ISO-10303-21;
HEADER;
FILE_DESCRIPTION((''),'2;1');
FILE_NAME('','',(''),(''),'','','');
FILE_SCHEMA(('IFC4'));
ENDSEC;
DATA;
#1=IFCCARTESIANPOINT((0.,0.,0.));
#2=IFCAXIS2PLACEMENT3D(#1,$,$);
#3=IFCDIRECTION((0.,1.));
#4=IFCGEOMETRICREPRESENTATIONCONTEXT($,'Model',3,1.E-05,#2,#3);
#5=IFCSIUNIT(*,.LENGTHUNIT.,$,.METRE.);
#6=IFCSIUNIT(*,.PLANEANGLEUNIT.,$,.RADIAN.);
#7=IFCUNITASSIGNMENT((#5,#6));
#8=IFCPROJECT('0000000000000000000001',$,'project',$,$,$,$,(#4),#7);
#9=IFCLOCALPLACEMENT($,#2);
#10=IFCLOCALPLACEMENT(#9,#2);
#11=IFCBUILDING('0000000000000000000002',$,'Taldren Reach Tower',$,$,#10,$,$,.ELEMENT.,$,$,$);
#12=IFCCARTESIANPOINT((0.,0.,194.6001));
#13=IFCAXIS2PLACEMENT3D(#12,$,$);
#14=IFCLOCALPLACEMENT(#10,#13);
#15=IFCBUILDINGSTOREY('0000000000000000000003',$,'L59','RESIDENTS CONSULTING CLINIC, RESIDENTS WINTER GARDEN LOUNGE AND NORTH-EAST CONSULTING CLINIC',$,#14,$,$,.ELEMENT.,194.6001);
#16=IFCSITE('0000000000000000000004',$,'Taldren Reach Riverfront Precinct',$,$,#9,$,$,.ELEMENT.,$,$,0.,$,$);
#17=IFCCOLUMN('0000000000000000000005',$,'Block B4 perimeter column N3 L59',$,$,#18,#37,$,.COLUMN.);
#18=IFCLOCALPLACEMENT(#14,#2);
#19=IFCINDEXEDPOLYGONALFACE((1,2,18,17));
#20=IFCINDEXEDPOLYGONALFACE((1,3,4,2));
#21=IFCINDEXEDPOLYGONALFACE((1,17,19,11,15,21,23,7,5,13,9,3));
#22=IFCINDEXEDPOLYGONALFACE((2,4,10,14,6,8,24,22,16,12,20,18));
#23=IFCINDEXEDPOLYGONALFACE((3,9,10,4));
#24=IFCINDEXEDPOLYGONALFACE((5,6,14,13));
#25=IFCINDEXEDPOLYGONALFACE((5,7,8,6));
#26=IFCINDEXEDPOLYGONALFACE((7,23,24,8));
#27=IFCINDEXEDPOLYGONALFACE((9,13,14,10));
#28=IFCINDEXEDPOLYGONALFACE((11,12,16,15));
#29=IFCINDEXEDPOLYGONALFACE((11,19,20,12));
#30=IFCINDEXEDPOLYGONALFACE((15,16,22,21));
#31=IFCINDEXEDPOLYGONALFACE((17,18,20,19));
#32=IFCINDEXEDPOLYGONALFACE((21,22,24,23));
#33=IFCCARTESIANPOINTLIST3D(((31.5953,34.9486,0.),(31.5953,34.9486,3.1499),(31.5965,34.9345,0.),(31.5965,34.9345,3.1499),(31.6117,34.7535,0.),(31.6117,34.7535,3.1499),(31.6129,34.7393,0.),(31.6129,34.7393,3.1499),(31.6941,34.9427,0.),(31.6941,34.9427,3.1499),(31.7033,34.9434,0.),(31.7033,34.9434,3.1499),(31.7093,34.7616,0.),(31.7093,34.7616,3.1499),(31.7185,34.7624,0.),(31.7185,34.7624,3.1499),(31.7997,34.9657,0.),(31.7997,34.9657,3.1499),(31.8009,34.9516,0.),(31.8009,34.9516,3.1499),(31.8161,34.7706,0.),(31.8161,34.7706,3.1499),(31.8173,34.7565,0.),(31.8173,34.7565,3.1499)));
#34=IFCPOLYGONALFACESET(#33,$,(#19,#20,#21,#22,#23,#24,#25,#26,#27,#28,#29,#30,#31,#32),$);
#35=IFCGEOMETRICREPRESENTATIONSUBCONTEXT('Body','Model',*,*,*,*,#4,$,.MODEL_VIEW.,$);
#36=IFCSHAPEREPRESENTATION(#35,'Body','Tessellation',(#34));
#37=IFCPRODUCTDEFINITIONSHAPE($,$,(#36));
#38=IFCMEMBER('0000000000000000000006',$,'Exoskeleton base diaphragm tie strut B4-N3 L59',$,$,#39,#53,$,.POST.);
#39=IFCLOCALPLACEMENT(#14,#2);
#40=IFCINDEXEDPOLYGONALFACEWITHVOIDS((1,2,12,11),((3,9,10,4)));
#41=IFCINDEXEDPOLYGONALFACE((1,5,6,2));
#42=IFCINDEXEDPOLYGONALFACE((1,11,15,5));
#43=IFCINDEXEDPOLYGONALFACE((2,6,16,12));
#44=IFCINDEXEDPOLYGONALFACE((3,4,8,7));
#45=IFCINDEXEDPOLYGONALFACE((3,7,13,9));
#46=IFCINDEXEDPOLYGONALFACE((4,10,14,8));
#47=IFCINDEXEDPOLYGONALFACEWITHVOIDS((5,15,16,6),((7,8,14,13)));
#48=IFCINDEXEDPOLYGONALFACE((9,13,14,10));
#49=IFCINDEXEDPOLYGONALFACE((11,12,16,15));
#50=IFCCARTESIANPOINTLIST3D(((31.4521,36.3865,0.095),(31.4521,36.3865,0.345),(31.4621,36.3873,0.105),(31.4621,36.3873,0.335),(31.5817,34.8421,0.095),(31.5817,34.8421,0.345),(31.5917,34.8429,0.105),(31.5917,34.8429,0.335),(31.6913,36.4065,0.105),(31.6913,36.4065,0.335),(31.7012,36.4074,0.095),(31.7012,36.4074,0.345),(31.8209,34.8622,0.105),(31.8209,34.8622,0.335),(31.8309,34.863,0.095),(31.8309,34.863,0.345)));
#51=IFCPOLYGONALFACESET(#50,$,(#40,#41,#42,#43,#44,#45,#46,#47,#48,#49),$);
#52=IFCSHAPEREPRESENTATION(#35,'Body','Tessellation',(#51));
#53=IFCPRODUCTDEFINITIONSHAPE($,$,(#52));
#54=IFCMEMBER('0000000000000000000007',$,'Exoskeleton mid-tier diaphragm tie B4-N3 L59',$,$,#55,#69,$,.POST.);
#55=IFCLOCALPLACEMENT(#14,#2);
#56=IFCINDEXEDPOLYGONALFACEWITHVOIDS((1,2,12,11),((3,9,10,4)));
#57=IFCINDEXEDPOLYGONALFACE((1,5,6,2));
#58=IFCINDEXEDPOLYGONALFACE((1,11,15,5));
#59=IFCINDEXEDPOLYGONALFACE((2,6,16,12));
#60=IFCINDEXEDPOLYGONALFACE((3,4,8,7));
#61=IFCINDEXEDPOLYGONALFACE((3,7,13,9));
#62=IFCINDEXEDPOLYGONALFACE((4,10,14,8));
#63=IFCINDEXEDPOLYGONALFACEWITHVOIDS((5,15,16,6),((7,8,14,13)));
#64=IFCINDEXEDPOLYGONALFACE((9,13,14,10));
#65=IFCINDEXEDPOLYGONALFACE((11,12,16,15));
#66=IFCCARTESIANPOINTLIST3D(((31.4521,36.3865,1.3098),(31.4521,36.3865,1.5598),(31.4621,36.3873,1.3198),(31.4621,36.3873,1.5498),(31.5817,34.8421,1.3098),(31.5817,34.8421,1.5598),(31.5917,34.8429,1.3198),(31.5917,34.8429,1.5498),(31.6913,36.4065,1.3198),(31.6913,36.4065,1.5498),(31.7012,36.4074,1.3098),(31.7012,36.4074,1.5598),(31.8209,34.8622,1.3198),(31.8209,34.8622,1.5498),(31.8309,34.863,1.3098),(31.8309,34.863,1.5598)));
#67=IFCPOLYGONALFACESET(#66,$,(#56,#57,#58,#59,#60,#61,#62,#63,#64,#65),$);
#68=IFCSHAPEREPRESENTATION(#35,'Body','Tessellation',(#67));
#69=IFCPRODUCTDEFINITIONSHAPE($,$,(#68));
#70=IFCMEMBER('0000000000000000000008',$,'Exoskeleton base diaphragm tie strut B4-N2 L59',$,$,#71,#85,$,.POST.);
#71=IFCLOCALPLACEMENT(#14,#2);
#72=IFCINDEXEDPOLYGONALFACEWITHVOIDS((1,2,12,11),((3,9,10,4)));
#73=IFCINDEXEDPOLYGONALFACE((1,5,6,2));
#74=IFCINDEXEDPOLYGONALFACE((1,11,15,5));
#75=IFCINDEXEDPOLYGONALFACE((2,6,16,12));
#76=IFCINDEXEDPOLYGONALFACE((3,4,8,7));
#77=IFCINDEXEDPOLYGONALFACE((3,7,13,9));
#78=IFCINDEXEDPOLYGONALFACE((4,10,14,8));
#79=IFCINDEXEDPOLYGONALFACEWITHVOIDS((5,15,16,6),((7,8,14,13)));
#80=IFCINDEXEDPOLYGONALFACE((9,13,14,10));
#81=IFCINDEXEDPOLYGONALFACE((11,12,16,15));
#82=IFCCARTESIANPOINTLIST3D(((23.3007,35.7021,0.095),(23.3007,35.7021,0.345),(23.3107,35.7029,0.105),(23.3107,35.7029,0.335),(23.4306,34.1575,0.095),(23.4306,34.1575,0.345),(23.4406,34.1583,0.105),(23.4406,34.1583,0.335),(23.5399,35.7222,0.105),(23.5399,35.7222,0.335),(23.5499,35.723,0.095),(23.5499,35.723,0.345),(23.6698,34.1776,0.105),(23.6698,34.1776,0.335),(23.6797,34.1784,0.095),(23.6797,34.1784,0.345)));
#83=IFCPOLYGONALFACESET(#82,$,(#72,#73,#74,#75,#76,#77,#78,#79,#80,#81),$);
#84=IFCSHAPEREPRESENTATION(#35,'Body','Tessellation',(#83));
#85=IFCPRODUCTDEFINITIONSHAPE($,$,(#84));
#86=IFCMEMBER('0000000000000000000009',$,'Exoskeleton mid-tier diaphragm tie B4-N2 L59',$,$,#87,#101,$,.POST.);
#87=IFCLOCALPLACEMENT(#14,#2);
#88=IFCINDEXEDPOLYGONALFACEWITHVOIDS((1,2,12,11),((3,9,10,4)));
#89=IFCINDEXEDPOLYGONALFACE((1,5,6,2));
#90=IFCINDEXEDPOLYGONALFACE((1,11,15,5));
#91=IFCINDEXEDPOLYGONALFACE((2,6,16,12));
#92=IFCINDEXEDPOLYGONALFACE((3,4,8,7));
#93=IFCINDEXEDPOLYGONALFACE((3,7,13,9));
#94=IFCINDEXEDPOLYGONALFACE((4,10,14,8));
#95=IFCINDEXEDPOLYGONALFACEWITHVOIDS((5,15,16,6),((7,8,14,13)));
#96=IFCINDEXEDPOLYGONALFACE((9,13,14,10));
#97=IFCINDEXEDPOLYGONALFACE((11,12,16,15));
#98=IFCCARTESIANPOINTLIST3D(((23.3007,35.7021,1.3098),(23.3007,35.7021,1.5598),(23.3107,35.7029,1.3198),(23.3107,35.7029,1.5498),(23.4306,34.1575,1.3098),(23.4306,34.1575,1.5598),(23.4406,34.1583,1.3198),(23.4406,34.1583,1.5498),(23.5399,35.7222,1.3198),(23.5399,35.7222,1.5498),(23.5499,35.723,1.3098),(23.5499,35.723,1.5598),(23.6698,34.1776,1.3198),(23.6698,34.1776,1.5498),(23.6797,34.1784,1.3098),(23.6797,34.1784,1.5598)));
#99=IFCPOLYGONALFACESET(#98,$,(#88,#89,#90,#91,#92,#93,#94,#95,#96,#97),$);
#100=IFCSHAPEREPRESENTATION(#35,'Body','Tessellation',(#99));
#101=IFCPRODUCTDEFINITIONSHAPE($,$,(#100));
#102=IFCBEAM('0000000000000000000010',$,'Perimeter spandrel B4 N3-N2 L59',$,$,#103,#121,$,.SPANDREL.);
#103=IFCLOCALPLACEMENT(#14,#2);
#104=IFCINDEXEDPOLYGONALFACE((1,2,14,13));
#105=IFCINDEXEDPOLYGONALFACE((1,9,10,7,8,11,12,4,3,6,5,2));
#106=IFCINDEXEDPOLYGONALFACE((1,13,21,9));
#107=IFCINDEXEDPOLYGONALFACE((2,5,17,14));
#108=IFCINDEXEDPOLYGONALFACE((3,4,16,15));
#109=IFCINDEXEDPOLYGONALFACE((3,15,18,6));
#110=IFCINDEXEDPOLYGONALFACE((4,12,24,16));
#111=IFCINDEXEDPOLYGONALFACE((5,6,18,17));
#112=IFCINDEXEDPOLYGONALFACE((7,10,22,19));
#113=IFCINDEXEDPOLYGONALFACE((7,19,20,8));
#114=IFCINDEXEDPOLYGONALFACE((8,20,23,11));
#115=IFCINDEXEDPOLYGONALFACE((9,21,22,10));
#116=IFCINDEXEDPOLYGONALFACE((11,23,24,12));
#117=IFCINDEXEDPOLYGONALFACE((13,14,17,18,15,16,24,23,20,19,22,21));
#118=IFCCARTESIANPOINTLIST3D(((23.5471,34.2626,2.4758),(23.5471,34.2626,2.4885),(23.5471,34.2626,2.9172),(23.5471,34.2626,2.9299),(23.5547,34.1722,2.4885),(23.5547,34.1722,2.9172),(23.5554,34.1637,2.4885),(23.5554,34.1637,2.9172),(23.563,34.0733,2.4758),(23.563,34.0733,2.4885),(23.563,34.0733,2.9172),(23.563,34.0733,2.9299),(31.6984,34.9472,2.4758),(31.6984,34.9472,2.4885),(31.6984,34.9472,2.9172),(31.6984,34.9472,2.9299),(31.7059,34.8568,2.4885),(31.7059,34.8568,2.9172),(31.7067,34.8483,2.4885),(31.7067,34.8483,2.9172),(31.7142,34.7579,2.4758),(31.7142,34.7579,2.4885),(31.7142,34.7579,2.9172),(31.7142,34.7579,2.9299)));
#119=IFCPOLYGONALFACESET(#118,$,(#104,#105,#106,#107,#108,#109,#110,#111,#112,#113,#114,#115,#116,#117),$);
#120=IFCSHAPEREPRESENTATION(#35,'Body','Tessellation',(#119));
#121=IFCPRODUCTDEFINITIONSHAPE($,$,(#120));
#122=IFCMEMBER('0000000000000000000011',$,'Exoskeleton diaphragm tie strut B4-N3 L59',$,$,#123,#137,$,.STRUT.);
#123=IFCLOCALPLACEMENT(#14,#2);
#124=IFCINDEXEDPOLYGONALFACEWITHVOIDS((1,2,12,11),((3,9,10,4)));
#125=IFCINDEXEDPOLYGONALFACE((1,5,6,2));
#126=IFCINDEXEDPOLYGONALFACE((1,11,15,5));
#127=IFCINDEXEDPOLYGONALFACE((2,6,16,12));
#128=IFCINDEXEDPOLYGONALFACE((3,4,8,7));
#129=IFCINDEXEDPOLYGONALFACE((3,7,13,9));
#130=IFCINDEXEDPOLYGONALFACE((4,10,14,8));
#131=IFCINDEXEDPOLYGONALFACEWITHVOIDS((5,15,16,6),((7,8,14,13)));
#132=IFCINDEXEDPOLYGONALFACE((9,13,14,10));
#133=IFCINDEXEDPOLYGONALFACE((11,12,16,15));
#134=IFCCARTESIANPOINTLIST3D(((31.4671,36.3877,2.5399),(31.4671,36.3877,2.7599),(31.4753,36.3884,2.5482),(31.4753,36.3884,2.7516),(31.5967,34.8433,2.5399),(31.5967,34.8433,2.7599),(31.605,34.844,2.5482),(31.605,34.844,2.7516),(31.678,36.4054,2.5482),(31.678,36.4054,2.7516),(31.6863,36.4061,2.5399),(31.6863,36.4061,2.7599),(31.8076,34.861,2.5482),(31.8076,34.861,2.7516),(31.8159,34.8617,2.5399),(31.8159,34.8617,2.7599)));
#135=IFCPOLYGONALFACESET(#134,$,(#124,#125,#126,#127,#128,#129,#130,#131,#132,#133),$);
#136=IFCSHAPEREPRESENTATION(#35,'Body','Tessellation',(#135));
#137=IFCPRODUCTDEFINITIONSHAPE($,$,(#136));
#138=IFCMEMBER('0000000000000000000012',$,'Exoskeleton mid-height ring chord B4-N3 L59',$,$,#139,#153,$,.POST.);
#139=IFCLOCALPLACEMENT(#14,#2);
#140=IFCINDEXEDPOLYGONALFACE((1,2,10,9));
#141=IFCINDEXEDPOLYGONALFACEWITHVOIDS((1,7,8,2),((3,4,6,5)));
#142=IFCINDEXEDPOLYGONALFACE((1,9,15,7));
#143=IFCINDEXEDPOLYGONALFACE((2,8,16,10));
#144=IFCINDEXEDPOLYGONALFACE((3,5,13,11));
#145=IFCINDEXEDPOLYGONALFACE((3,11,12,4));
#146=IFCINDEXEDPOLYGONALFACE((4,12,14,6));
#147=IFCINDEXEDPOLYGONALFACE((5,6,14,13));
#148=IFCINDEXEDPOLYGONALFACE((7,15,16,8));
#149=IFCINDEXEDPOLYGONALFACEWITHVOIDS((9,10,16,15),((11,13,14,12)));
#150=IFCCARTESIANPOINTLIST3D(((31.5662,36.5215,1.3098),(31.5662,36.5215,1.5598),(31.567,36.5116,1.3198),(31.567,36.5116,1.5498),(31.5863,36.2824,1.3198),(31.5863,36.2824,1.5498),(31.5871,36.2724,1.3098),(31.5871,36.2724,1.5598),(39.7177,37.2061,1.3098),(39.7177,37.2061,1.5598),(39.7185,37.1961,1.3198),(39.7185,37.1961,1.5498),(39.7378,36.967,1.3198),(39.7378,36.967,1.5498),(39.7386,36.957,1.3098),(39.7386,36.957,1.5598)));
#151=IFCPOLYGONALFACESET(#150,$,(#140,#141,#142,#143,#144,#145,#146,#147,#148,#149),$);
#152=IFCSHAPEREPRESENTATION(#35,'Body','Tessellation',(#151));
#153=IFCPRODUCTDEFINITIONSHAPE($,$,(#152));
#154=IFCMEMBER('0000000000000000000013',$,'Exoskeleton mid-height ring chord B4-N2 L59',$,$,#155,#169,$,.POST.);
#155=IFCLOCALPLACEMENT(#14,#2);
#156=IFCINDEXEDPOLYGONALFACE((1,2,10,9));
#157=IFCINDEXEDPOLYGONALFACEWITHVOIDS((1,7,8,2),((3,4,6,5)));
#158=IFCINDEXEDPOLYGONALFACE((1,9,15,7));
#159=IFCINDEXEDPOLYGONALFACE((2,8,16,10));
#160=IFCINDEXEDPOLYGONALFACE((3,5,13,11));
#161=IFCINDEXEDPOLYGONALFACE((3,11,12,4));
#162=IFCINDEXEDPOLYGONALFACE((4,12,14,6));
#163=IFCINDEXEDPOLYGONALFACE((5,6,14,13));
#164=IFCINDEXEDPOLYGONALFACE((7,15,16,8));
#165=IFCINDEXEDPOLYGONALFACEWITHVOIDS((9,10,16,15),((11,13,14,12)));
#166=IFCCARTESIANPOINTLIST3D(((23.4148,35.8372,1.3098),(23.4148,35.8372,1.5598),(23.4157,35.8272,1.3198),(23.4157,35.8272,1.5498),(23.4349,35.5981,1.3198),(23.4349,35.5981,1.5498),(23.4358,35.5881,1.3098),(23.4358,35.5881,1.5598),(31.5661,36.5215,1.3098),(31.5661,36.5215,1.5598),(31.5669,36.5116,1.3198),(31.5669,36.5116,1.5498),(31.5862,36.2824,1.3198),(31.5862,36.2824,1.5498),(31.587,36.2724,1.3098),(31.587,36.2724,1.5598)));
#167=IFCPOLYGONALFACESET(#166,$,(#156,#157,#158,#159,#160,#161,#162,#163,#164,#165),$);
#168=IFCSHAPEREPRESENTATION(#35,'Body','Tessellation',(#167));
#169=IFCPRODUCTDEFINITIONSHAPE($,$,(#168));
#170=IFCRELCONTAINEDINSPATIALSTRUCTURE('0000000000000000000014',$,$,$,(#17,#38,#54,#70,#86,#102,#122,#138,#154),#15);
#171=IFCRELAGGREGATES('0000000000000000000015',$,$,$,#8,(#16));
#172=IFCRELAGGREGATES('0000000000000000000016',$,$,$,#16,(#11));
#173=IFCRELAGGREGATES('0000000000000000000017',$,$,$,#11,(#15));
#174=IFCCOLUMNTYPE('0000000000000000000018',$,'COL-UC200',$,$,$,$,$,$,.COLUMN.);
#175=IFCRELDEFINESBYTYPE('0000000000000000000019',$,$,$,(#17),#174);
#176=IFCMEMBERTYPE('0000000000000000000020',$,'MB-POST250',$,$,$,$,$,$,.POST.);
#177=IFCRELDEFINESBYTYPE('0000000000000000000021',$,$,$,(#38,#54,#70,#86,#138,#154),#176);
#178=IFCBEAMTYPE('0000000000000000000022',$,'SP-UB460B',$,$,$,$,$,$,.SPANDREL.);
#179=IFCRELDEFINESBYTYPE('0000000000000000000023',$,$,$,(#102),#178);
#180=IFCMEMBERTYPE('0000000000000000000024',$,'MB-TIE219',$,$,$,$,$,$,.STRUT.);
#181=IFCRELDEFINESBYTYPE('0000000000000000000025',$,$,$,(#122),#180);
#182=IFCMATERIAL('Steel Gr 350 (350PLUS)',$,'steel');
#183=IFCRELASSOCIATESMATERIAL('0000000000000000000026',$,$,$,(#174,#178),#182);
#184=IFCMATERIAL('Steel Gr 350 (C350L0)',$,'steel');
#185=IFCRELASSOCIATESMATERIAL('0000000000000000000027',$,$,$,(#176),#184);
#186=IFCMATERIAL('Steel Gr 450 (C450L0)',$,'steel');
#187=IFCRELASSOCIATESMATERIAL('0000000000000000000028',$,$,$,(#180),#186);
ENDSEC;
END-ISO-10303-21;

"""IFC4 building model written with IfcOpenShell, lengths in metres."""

from ifc_helpers import new_model, si_unit, direction, frame, origin, origin_2d, place, context, subcontext, project, spatial, hollow_rectangle, i_section, extrude, source, transform, mapped, material, material_profile, profile_set, type_object, element, save


model = new_model("IFC4")

# Units and contexts
model_context = context("Model", 3, precision=1e-05, world=origin(), true_north=direction((0.0, 1.0)))
body_context = subcontext(model_context, "Body", "Model", "MODEL_VIEW")
ifc_project = project(units=[si_unit("LENGTHUNIT", "METRE"), si_unit("PLANEANGLEUNIT", "RADIAN")], contexts=[model_context])

# Site, building, storey
site_placement = place(None, origin())
site = spatial("IfcSite", under=ifc_project, at=site_placement, Name="Taldren Reach Riverfront Precinct", CompositionType="ELEMENT", RefElevation=0.0)
building_placement = place(site_placement, origin())
building = spatial("IfcBuilding", under=site, at=building_placement, Name="Taldren Reach Tower", CompositionType="ELEMENT")
storey_placement = place(building_placement, frame((0.0, 0.0, 194.6001)))
storey = spatial("IfcBuildingStorey", under=building, at=storey_placement, Name="L59", Description="RESIDENTS CONSULTING CLINIC, RESIDENTS WINTER GARDEN LOUNGE AND NORTH-EAST CONSULTING CLINIC", CompositionType="ELEMENT", Elevation=194.6001)

# Column
ifc_material_1 = material(Name="Steel Gr 350 (350PLUS)", Category="steel")
ifc_material_profile_1 = material_profile(ifc_material_1, i_section(OverallWidth=0.2051, OverallDepth=0.21, WebThickness=0.0093, FlangeThickness=0.0142, at=origin_2d()), Name="200UC59.5")
ifc_profile_set_1 = profile_set([ifc_material_profile_1], Name="Steel Gr 350 (350PLUS)")
column_type = type_object("IfcColumnType", Name="COL-UC200", PredefinedType="COLUMN", material=ifc_profile_set_1)
shared_shape_1 = source(origin(), body_context, "Body", "SweptSolid", [
    extrude(i_section(OverallWidth=0.2051, OverallDepth=0.21, WebThickness=0.0093, FlangeThickness=0.0142, at=origin_2d()), origin(), (0.0, 0.0, 1.0), 3.1499),
])
column_placement = place(storey_placement, frame((31.7063, 34.8525, 0.0), z_axis=(0.0, 0.0, 1.0), x_axis=(0.996493, 0.083678, 0.0)))
element("IfcColumn", 1, at=column_placement, inside=storey, type_object=column_type, Name="Block B4 perimeter column N3 L59", PredefinedType="COLUMN", context=body_context, shape_type="MappedRepresentation", body=[
    mapped(shared_shape_1, transform((0.0, 0.0, 0.0), scale=1.0)),
])

# Members
ifc_material_2 = material(Name="Steel Gr 350 (C350L0)", Category="steel")
ifc_material_profile_2 = material_profile(ifc_material_2, hollow_rectangle(XDim=0.25, YDim=0.25, WallThickness=0.01, at=origin_2d()), Name="250x250x10.0SHS")
ifc_profile_set_2 = profile_set([ifc_material_profile_2], Name="Steel Gr 350 (C350L0)")
member_type_1 = type_object("IfcMemberType", Name="MB-POST250", PredefinedType="POST", material=ifc_profile_set_2)
shared_shape_2 = source(origin(), body_context, "Body", "SweptSolid", [
    extrude(hollow_rectangle(XDim=0.25, YDim=0.25, WallThickness=0.01, at=origin_2d()), origin(), (0.0, 0.0, 1.0), 1.5498),
])
for number, where, z_axis, x_axis, name in (
    (2, (31.7063, 34.8525, 0.22), (-0.083645, 0.996496, 0.0), (-0.996496, -0.083645, 0.0), "Exoskeleton base diaphragm tie strut B4-N3 L59"),
    (3, (31.7063, 34.8525, 1.4348), (-0.083645, 0.996496, 0.0), (-0.996496, -0.083645, 0.0), "Exoskeleton mid-tier diaphragm tie B4-N3 L59"),
):
    element("IfcMember", number, at=place(storey_placement, frame(where, z_axis=z_axis, x_axis=x_axis)), inside=storey, type_object=member_type_1, Name=name, PredefinedType="POST", context=body_context, shape_type="MappedRepresentation", body=[
        mapped(shared_shape_2, transform((0.0, 0.0, 0.0), scale=1.0)),
    ])
shared_shape_3 = source(origin(), body_context, "Body", "SweptSolid", [
    extrude(hollow_rectangle(XDim=0.25, YDim=0.25, WallThickness=0.01, at=origin_2d()), origin(), (0.0, 0.0, 1.0), 1.55),
])
for number, where, z_axis, x_axis, name in (
    (4, (23.5552, 34.168, 0.22), (-0.083788, 0.996484, 0.0), (-0.996484, -0.083788, 0.0), "Exoskeleton base diaphragm tie strut B4-N2 L59"),
    (5, (23.5552, 34.168, 1.4348), (-0.083788, 0.996484, 0.0), (-0.996484, -0.083788, 0.0), "Exoskeleton mid-tier diaphragm tie B4-N2 L59"),
):
    element("IfcMember", number, at=place(storey_placement, frame(where, z_axis=z_axis, x_axis=x_axis)), inside=storey, type_object=member_type_1, Name=name, PredefinedType="POST", context=body_context, shape_type="MappedRepresentation", body=[
        mapped(shared_shape_3, transform((0.0, 0.0, 0.0), scale=1.0)),
    ])

# Beam
ifc_material_profile_3 = material_profile(ifc_material_1, i_section(OverallWidth=0.1899, OverallDepth=0.4541, WebThickness=0.0085, FlangeThickness=0.0127, at=origin_2d()), Name="460UB67.1")
ifc_profile_set_3 = profile_set([ifc_material_profile_3], Name="Steel Gr 350 (350PLUS)")
beam_type = type_object("IfcBeamType", Name="SP-UB460B", PredefinedType="SPANDREL", material=ifc_profile_set_3)
shared_shape_4 = source(origin(), body_context, "Body", "SweptSolid", [
    extrude(i_section(OverallWidth=0.1899, OverallDepth=0.4541, WebThickness=0.0085, FlangeThickness=0.0127, at=origin_2d()), origin(), (0.0, 0.0, 1.0), 8.1799),
])
beam_placement = place(storey_placement, frame((31.7063, 34.8525, 2.7029), z_axis=(-0.996492, -0.08369, 0.0), x_axis=(0.08369, -0.996492, 0.0)))
element("IfcBeam", 6, at=beam_placement, inside=storey, type_object=beam_type, Name="Perimeter spandrel B4 N3-N2 L59", PredefinedType="SPANDREL", context=body_context, shape_type="MappedRepresentation", body=[
    mapped(shared_shape_4, transform((0.0, 0.0, 0.0), scale=1.0)),
])

# Members
ifc_material_3 = material(Name="Steel Gr 450 (C450L0)", Category="steel")
ifc_material_profile_4 = material_profile(ifc_material_3, hollow_rectangle(XDim=0.22, YDim=0.22, WallThickness=0.0083, at=origin_2d()), Name="220x220x8.2SHS")
ifc_profile_set_4 = profile_set([ifc_material_profile_4], Name="Steel Gr 450 (C450L0)")
member_type_2 = type_object("IfcMemberType", Name="MB-TIE219", PredefinedType="STRUT", material=ifc_profile_set_4)
shared_shape_5 = source(origin(), body_context, "Body", "SweptSolid", [
    extrude(hollow_rectangle(XDim=0.22, YDim=0.22, WallThickness=0.0083, at=origin_2d()), origin(), (0.0, 0.0, 1.0), 1.5498),
])
member_1_placement = place(storey_placement, frame((31.7063, 34.8525, 2.6499), z_axis=(-0.083645, 0.996496, 0.0), x_axis=(-0.996496, -0.083645, 0.0)))
element("IfcMember", 7, at=member_1_placement, inside=storey, type_object=member_type_2, Name="Exoskeleton diaphragm tie strut B4-N3 L59", PredefinedType="STRUT", context=body_context, shape_type="MappedRepresentation", body=[
    mapped(shared_shape_5, transform((0.0, 0.0, 0.0), scale=1.0)),
])
shared_shape_6 = source(origin(), body_context, "Body", "SweptSolid", [
    extrude(hollow_rectangle(XDim=0.25, YDim=0.25, WallThickness=0.01, at=origin_2d()), origin(), (0.0, 0.0, 1.0), 8.1802),
])
member_2_placement = place(storey_placement, frame((31.5767, 36.397, 1.4348), z_axis=(0.996492, 0.083688, 0.0), x_axis=(-0.083688, 0.996492, 0.0)))
element("IfcMember", 8, at=member_2_placement, inside=storey, type_object=member_type_1, Name="Exoskeleton mid-height ring chord B4-N3 L59", PredefinedType="POST", context=body_context, shape_type="MappedRepresentation", body=[
    mapped(shared_shape_6, transform((0.0, 0.0, 0.0), scale=1.0)),
])
shared_shape_7 = source(origin(), body_context, "Body", "SweptSolid", [
    extrude(hollow_rectangle(XDim=0.25, YDim=0.25, WallThickness=0.01, at=origin_2d()), origin(), (0.0, 0.0, 1.0), 8.1799),
])
member_3_placement = place(storey_placement, frame((23.4253, 35.7126, 1.4348), z_axis=(0.996495, 0.083658, 0.0), x_axis=(-0.083658, 0.996495, 0.0)))
element("IfcMember", 9, at=member_3_placement, inside=storey, type_object=member_type_1, Name="Exoskeleton mid-height ring chord B4-N2 L59", PredefinedType="POST", context=body_context, shape_type="MappedRepresentation", body=[
    mapped(shared_shape_7, transform((0.0, 0.0, 0.0), scale=1.0)),
])

save(model, "model.ifc")
